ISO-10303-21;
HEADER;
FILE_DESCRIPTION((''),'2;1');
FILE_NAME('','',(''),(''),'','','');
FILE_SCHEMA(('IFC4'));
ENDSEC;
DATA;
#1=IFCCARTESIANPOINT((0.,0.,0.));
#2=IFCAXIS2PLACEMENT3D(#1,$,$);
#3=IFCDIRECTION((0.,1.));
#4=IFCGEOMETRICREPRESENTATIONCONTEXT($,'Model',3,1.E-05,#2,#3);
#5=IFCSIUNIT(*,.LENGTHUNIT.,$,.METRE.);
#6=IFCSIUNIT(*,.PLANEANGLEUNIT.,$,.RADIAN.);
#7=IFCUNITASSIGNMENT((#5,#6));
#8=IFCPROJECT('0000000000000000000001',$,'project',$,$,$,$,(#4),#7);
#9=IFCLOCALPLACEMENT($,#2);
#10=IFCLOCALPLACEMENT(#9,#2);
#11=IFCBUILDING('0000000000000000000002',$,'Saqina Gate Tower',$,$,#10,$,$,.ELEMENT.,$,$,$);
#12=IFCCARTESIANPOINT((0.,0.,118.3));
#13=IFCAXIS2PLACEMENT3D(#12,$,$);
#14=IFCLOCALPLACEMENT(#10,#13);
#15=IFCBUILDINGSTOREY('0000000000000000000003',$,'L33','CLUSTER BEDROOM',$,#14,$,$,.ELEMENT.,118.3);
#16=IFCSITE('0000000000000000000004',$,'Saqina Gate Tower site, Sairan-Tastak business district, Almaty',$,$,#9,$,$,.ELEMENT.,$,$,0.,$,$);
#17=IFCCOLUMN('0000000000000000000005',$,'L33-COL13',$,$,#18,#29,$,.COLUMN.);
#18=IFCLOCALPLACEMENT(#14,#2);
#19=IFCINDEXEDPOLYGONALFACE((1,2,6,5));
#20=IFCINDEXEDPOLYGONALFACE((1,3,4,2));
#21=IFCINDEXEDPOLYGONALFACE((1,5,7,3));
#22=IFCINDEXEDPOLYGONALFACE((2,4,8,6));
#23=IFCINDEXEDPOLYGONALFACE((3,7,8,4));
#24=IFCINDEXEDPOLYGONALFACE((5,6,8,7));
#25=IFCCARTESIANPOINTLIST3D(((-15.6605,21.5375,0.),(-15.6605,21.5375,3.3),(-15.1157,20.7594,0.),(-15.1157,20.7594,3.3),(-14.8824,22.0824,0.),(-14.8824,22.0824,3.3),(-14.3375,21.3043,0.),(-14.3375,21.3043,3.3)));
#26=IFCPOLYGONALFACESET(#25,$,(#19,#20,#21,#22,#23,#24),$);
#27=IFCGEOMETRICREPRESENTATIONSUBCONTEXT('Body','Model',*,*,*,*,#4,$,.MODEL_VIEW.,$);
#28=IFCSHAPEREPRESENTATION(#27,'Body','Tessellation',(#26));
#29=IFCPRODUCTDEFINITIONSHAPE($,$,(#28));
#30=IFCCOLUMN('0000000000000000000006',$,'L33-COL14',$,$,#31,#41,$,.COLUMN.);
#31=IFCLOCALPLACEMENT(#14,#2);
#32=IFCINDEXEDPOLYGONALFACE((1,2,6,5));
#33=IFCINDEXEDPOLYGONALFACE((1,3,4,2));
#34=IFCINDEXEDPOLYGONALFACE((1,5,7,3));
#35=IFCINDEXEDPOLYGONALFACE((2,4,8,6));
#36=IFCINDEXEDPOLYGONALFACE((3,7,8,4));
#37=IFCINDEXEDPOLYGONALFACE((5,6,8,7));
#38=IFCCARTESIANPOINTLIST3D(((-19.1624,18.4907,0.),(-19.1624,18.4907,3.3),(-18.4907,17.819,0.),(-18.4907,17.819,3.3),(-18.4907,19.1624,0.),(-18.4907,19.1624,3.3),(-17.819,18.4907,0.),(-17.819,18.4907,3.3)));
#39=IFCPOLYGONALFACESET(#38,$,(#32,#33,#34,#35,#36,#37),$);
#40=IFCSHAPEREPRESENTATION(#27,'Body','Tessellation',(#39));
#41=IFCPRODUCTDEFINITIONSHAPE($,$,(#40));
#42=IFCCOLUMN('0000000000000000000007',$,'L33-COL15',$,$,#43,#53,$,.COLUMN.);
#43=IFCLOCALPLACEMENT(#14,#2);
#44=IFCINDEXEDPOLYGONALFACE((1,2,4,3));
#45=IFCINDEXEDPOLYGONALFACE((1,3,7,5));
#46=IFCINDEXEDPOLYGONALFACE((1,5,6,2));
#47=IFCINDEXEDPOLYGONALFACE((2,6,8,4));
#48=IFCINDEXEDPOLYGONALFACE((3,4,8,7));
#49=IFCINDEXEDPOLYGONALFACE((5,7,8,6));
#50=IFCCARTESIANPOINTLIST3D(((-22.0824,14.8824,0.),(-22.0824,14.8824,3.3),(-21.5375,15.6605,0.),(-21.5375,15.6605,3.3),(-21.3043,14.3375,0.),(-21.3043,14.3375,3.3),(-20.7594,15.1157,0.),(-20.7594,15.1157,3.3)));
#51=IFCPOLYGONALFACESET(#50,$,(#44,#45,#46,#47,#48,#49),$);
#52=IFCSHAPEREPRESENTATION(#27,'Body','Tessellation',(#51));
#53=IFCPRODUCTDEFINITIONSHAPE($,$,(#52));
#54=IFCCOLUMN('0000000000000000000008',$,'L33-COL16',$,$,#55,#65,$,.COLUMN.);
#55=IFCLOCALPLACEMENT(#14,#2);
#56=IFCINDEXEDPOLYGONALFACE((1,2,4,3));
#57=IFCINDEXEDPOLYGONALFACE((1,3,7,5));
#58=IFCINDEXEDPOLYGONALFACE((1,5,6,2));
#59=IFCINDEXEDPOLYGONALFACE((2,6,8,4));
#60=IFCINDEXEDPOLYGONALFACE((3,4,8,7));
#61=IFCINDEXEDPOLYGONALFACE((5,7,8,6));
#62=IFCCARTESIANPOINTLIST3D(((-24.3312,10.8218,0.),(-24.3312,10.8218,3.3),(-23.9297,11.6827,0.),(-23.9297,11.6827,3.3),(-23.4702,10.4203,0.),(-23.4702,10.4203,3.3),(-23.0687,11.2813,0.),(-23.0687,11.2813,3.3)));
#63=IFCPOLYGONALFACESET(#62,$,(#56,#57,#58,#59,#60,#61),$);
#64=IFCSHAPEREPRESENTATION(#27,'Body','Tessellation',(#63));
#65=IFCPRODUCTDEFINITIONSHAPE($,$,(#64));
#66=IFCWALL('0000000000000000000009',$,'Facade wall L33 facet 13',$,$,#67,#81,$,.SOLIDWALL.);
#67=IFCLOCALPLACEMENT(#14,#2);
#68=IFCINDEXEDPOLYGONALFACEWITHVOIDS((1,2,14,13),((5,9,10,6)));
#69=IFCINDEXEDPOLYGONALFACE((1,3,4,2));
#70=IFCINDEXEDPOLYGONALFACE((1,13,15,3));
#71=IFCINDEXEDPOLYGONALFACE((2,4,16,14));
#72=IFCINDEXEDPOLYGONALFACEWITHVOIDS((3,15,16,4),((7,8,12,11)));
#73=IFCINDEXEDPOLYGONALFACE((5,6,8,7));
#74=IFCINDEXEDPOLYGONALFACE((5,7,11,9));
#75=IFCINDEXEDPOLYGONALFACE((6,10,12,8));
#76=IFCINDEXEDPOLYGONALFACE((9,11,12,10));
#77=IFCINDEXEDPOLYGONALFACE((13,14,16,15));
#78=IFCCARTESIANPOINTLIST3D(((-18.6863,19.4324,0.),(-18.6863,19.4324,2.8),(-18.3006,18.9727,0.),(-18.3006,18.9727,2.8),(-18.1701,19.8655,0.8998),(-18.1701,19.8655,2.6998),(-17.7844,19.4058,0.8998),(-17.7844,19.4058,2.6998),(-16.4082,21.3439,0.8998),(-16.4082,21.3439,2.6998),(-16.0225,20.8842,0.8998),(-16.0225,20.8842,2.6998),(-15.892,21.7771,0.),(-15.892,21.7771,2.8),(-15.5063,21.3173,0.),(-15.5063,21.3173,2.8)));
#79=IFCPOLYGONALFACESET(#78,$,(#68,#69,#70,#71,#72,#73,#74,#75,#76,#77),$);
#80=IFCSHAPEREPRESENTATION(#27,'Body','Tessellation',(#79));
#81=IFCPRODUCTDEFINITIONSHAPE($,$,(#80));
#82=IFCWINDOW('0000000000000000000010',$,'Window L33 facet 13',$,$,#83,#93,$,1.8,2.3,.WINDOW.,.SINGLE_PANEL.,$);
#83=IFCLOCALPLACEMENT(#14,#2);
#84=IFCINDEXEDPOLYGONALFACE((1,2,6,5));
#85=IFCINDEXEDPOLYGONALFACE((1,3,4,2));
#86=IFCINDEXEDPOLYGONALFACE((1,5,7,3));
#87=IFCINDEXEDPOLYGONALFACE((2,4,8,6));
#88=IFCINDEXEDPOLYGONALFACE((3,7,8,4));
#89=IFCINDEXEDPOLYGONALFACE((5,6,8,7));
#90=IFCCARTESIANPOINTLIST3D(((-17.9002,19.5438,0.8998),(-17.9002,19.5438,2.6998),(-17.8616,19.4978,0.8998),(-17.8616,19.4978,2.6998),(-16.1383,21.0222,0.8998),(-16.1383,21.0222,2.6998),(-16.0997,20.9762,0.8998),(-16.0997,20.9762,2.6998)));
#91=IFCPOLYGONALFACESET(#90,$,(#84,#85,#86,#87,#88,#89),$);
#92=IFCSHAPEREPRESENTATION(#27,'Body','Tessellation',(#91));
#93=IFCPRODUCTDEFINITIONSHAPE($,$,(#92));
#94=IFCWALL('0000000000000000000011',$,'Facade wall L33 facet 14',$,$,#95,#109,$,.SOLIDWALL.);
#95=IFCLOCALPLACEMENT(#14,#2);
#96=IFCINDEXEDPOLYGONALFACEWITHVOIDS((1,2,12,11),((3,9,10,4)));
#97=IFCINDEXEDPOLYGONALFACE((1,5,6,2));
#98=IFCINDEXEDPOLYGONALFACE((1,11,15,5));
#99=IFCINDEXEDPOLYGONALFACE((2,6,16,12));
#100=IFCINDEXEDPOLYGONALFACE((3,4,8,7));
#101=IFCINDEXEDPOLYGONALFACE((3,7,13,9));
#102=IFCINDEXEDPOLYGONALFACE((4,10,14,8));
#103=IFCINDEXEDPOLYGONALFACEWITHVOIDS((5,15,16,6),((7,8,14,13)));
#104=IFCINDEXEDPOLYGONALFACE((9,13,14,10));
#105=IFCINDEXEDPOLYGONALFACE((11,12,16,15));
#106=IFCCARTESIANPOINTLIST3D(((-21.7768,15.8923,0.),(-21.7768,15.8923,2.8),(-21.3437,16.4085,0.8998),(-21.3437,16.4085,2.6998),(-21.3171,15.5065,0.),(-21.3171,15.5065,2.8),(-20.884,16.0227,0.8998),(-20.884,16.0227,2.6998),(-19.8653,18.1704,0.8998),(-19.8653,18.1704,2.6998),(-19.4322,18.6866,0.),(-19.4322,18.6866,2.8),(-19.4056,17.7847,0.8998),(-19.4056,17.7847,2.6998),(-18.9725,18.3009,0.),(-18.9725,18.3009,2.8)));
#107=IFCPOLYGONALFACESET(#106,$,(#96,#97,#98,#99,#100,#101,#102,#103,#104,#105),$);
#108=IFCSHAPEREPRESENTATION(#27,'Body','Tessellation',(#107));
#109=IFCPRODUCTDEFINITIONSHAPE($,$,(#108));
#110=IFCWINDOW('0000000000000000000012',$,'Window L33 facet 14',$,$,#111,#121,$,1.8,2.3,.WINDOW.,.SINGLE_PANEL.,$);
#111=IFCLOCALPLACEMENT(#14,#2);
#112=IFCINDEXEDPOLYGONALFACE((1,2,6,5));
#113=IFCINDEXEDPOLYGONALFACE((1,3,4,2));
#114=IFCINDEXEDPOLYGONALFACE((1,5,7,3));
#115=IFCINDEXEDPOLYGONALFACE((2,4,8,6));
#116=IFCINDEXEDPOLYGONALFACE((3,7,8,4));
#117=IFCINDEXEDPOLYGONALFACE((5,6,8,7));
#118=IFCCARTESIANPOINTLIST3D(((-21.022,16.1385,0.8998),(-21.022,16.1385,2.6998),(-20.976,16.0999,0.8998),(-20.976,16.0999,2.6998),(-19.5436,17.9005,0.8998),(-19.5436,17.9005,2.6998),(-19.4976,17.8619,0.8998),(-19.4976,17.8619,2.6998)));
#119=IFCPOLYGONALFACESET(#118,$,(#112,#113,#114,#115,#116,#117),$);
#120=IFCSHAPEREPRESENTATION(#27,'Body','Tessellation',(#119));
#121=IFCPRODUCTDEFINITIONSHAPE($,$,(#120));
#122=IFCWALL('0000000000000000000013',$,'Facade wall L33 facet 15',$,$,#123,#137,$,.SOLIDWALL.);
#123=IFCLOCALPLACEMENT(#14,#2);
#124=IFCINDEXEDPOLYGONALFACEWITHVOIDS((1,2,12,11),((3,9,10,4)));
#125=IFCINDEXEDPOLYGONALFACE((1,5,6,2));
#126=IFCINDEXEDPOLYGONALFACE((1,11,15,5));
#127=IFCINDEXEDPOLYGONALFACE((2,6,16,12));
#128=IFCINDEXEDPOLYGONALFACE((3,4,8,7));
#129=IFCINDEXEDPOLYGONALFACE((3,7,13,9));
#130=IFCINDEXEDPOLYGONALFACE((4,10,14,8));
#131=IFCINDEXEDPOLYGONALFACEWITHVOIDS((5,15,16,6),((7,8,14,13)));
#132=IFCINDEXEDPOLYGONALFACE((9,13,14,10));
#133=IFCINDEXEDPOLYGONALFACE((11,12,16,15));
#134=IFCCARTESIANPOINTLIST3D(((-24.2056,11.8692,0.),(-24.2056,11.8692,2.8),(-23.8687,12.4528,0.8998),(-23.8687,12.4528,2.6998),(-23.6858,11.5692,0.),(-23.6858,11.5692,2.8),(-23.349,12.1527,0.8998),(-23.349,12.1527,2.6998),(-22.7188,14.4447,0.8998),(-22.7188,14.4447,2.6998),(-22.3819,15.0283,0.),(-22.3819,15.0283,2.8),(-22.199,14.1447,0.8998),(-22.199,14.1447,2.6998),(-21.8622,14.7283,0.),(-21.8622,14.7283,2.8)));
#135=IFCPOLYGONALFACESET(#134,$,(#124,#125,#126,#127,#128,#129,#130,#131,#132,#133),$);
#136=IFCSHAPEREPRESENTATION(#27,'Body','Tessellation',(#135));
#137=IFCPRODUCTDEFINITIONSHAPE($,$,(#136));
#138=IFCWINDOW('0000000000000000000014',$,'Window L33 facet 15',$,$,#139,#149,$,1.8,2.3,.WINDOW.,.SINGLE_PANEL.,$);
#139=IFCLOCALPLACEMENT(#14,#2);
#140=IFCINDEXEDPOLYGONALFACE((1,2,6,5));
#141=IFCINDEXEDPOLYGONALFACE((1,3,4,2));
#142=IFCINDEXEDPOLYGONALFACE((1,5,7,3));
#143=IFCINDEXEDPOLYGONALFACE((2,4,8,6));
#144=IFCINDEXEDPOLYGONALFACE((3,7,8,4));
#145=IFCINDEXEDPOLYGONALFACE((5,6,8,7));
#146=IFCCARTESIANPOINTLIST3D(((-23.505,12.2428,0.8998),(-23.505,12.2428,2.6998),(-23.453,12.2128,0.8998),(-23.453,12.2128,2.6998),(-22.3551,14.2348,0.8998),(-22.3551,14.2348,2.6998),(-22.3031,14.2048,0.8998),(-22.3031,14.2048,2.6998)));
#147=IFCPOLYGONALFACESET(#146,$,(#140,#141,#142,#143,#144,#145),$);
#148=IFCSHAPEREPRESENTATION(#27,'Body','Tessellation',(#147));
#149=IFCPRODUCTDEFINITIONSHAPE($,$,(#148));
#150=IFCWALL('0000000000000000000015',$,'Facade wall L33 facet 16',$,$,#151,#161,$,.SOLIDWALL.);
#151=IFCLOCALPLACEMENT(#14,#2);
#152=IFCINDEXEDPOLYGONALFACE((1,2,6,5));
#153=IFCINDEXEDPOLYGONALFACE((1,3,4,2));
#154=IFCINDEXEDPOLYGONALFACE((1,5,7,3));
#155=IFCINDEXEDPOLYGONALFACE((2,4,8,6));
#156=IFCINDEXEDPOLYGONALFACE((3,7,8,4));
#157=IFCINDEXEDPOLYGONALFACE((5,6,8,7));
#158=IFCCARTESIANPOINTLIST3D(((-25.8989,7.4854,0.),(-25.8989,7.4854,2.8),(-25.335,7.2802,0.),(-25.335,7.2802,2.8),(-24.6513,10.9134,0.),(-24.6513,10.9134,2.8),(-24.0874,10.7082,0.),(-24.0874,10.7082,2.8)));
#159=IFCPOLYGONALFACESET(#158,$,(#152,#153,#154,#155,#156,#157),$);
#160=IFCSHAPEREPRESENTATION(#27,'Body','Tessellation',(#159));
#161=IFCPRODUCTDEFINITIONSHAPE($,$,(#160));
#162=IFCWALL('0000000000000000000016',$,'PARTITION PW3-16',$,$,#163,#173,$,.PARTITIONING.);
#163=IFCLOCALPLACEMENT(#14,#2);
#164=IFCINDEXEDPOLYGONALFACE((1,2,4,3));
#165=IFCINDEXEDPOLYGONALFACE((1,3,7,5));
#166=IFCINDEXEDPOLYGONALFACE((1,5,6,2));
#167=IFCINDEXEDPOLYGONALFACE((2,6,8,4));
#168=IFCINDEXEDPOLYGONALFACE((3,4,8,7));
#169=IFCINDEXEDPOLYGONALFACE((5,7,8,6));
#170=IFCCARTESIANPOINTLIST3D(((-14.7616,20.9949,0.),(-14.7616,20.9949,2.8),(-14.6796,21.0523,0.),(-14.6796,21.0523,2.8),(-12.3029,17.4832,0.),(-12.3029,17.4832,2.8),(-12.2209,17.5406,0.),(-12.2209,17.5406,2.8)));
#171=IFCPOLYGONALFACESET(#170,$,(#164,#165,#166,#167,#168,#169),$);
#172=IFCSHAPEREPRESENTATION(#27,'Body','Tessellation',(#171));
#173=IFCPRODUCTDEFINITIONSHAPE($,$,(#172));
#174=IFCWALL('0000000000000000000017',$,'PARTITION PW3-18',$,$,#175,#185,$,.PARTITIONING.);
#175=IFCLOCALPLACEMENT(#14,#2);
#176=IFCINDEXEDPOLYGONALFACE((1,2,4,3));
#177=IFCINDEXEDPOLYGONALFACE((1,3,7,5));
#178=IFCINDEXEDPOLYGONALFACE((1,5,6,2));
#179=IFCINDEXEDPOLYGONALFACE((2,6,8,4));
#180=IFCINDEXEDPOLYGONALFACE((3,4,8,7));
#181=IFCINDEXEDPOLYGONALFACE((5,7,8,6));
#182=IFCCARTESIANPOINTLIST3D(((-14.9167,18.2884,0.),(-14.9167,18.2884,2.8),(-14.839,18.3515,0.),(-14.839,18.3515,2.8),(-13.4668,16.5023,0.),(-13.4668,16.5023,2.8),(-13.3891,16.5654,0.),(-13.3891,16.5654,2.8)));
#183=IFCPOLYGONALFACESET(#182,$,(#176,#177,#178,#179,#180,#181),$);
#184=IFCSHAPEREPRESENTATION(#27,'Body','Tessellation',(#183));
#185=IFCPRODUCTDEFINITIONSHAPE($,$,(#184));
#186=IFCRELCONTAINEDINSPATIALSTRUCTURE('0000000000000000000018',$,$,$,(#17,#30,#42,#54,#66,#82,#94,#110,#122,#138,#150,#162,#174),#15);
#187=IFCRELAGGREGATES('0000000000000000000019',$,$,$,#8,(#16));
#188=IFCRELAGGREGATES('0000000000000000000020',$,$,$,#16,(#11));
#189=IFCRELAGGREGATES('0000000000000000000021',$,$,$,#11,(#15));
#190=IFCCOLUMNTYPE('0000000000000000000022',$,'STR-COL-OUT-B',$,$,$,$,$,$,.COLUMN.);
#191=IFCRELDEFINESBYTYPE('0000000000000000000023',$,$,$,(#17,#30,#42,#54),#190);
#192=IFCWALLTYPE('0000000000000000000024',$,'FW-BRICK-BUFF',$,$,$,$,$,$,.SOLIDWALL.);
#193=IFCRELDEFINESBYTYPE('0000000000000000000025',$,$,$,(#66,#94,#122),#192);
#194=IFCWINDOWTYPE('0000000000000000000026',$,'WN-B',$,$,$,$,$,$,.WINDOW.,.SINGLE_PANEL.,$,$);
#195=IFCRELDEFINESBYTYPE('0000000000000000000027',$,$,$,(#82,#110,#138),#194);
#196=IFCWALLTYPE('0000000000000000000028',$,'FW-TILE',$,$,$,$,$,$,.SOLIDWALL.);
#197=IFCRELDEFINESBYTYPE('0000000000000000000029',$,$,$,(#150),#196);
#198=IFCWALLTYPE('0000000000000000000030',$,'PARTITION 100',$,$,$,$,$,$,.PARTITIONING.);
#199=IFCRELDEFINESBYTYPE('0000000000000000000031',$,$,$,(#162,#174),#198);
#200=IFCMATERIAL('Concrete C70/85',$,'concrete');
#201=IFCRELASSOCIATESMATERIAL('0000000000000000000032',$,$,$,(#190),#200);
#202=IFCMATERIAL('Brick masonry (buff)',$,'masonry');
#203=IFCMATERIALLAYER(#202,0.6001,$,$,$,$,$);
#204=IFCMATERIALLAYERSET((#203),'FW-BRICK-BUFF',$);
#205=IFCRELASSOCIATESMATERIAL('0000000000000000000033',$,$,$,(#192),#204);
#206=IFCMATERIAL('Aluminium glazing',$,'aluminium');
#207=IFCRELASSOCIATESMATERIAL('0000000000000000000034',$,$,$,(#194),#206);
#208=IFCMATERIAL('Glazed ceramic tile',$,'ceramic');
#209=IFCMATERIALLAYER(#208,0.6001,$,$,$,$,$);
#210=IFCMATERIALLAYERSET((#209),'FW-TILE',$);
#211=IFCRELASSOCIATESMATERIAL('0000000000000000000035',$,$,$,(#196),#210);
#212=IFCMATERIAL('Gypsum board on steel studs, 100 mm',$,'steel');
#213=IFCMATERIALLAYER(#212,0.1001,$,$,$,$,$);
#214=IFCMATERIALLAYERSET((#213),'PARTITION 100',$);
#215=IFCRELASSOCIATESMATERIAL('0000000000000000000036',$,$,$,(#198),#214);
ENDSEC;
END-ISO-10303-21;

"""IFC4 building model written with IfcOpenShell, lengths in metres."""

from ifc_helpers import new_model, si_unit, direction, frame, frame_2d, origin, origin_2d, place, context, subcontext, project, spatial, rectangle, extrude, material, layer, layer_set, material_profile, profile_set, type_object, element, fill, save


model = new_model("IFC4")

# Units and contexts
model_context = context("Model", 3, precision=1e-05, world=origin(), true_north=direction((0.0, 1.0)))
body_context = subcontext(model_context, "Body", "Model", "MODEL_VIEW")
ifc_project = project(units=[si_unit("LENGTHUNIT", "METRE"), si_unit("PLANEANGLEUNIT", "RADIAN")], contexts=[model_context])

# Site, building, storey
site_placement = place(None, origin())
site = spatial("IfcSite", under=ifc_project, at=site_placement, Name="Saqina Gate Tower site, Sairan-Tastak business district, Almaty", CompositionType="ELEMENT", RefElevation=0.0)
building_placement = place(site_placement, origin())
building = spatial("IfcBuilding", under=site, at=building_placement, Name="Saqina Gate Tower", CompositionType="ELEMENT")
storey_placement = place(building_placement, frame((0.0, 0.0, 118.3)))
storey = spatial("IfcBuildingStorey", under=building, at=storey_placement, Name="L33", Description="CLUSTER BEDROOM", CompositionType="ELEMENT", Elevation=118.3)

# Columns
ifc_material_1 = material(Name="Concrete C70/85", Category="concrete")
ifc_material_profile = material_profile(ifc_material_1, rectangle(XDim=0.95, YDim=0.95, at=origin_2d()), Name="RC 950x950")
ifc_profile_set = profile_set([ifc_material_profile], Name="Concrete C70/85")
column_type = type_object("IfcColumnType", Name="STR-COL-OUT-B", PredefinedType="COLUMN", material=ifc_profile_set)
for number, where, z_axis, x_axis, name in (
    (1, (-14.999, 21.4209, 0.0), (0.0, 0.0, 1.0), (-0.573576, 0.819152, 0.0), "L33-COL13"),
    (2, (-18.4907, 18.4907, 0.0), (0.0, 0.0, 1.0), (-0.707107, 0.707107, 0.0), "L33-COL14"),
    (3, (-21.4209, 14.999, 0.0), (0.0, 0.0, 1.0), (-0.819152, 0.573576, 0.0), "L33-COL15"),
    (4, (-23.7, 11.0515, 0.0), (0.0, 0.0, 1.0), (-0.906308, 0.422618, 0.0), "L33-COL16"),
):
    element("IfcColumn", number, at=place(storey_placement, frame(where, z_axis=z_axis, x_axis=x_axis)), inside=storey, type_object=column_type, Name=name, PredefinedType="COLUMN", context=body_context, shape_type="SweptSolid", body=[
        extrude(rectangle(XDim=0.95, YDim=0.95, at=origin_2d()), origin(), (0.0, 0.0, 1.0), 3.3),
    ])

# Walls, openings, windows
ifc_material_2 = material(Name="Brick masonry (buff)", Category="masonry")
ifc_layer_1 = layer(ifc_material_2, 0.6001)
ifc_layer_set_1 = layer_set([ifc_layer_1], Name="FW-BRICK-BUFF")
wall_type_1 = type_object("IfcWallType", Name="FW-BRICK-BUFF", PredefinedType="SOLIDWALL", material=ifc_layer_set_1)
wall_1_placement = place(storey_placement, frame((-15.6992, 21.5471, 0.0), z_axis=(0.0, 0.0, 1.0), x_axis=(-0.766055, -0.642774, 0.0)))
wall_1 = element("IfcWall", 5, at=wall_1_placement, inside=storey, type_object=wall_type_1, Name="Facade wall L33 facet 13", PredefinedType="SOLIDWALL", context=body_context, shape_type="SweptSolid", body=[
    extrude(rectangle(XDim=3.6477, YDim=0.6001, at=frame_2d((1.8237, 0.0))), origin(), (0.0, 0.0, 1.0), 2.8),
])
opening_1_placement = place(wall_1_placement, frame((0.6738, 0.0, 0.8999)))
opening_1 = element("IfcOpeningElement", 6, at=opening_1_placement, cuts=wall_1, PredefinedType="OPENING", context=body_context, shape_type="SweptSolid", body=[
    extrude(rectangle(XDim=2.3, YDim=1.8, at=frame_2d((1.1499, 0.8999))), frame((0.0, 0.312, 0.0), z_axis=(0.0, -1.0, 0.0), x_axis=(1.0, 0.0, 0.0)), (0.0, 0.0, 1.0), 0.624),
])
ifc_material_3 = material(Name="Aluminium glazing", Category="aluminium")
window_type = type_object("IfcWindowType", Name="WN-B", PartitioningType="SINGLE_PANEL", PredefinedType="WINDOW", material=ifc_material_3)
window_1_placement = place(opening_1_placement, origin())
window_1 = element("IfcWindow", 7, at=window_1_placement, inside=storey, type_object=window_type, Name="Window L33 facet 13", OverallHeight=1.8, OverallWidth=2.3, PartitioningType="SINGLE_PANEL", PredefinedType="WINDOW", context=body_context, shape_type="SweptSolid", body=[
    extrude(rectangle(XDim=2.3, YDim=1.8, at=frame_2d((1.1499, 0.8999))), frame((0.0, 0.1799, 0.0), z_axis=(0.0, -1.0, 0.0), x_axis=(1.0, 0.0, 0.0)), (0.0, 0.0, 1.0), 0.0601),
])
fill(opening_1, window_1)
wall_2_placement = place(storey_placement, frame((-19.2024, 18.4937, 0.0), z_axis=(0.0, 0.0, 1.0), x_axis=(-0.642774, -0.766055, 0.0)))
wall_2 = element("IfcWall", 8, at=wall_2_placement, inside=storey, type_object=wall_type_1, Name="Facade wall L33 facet 14", PredefinedType="SOLIDWALL", context=body_context, shape_type="SweptSolid", body=[
    extrude(rectangle(XDim=3.6477, YDim=0.6001, at=frame_2d((1.8237, 0.0))), origin(), (0.0, 0.0, 1.0), 2.8),
])
opening_2_placement = place(wall_2_placement, frame((0.6738, 0.0, 0.8999)))
opening_2 = element("IfcOpeningElement", 9, at=opening_2_placement, cuts=wall_2, PredefinedType="OPENING", context=body_context, shape_type="SweptSolid", body=[
    extrude(rectangle(XDim=2.3, YDim=1.8, at=frame_2d((1.1499, 0.8999))), frame((0.0, 0.312, 0.0), z_axis=(0.0, -1.0, 0.0), x_axis=(1.0, 0.0, 0.0)), (0.0, 0.0, 1.0), 0.624),
])
window_2_placement = place(opening_2_placement, origin())
window_2 = element("IfcWindow", 10, at=window_2_placement, inside=storey, type_object=window_type, Name="Window L33 facet 14", OverallHeight=1.8, OverallWidth=2.3, PartitioningType="SINGLE_PANEL", PredefinedType="WINDOW", context=body_context, shape_type="SweptSolid", body=[
    extrude(rectangle(XDim=2.3, YDim=1.8, at=frame_2d((1.1499, 0.8999))), frame((0.0, 0.1799, 0.0), z_axis=(0.0, -1.0, 0.0), x_axis=(1.0, 0.0, 0.0)), (0.0, 0.0, 1.0), 0.0601),
])
fill(opening_2, window_2)
wall_3_placement = place(storey_placement, frame((-22.1221, 14.8782, 0.0), z_axis=(0.0, 0.0, 1.0), x_axis=(-0.499954, -0.866052, 0.0)))
wall_3 = element("IfcWall", 11, at=wall_3_placement, inside=storey, type_object=wall_type_1, Name="Facade wall L33 facet 15", PredefinedType="SOLIDWALL", context=body_context, shape_type="SweptSolid", body=[
    extrude(rectangle(XDim=3.6477, YDim=0.6001, at=frame_2d((1.8237, 0.0))), origin(), (0.0, 0.0, 1.0), 2.8),
])
opening_3_placement = place(wall_3_placement, frame((0.6738, 0.0, 0.8999)))
opening_3 = element("IfcOpeningElement", 12, at=opening_3_placement, cuts=wall_3, PredefinedType="OPENING", context=body_context, shape_type="SweptSolid", body=[
    extrude(rectangle(XDim=2.3, YDim=1.8, at=frame_2d((1.1499, 0.8999))), frame((0.0, 0.312, 0.0), z_axis=(0.0, -1.0, 0.0), x_axis=(1.0, 0.0, 0.0)), (0.0, 0.0, 1.0), 0.624),
])
window_3_placement = place(opening_3_placement, origin())
window_3 = element("IfcWindow", 13, at=window_3_placement, inside=storey, type_object=window_type, Name="Window L33 facet 15", OverallHeight=1.8, OverallWidth=2.3, PartitioningType="SINGLE_PANEL", PredefinedType="WINDOW", context=body_context, shape_type="SweptSolid", body=[
    extrude(rectangle(XDim=2.3, YDim=1.8, at=frame_2d((1.1499, 0.8999))), frame((0.0, 0.1799, 0.0), z_axis=(0.0, -1.0, 0.0), x_axis=(1.0, 0.0, 0.0)), (0.0, 0.0, 1.0), 0.0601),
])
fill(opening_3, window_3)

# Walls
ifc_material_4 = material(Name="Glazed ceramic tile", Category="ceramic")
ifc_layer_2 = layer(ifc_material_4, 0.6001)
ifc_layer_set_2 = layer_set([ifc_layer_2], Name="FW-TILE")
wall_type_2 = type_object("IfcWallType", Name="FW-TILE", PredefinedType="SOLIDWALL", material=ifc_layer_set_2)
wall_4_placement = place(storey_placement, frame((-24.3694, 10.8108, 0.0), z_axis=(0.0, 0.0, 1.0), x_axis=(-0.34199, -0.939704, 0.0)))
element("IfcWall", 14, at=wall_4_placement, inside=storey, type_object=wall_type_2, Name="Facade wall L33 facet 16", PredefinedType="SOLIDWALL", context=body_context, shape_type="SweptSolid", body=[
    extrude(rectangle(XDim=3.6479, YDim=0.6001, at=frame_2d((1.824, 0.0))), origin(), (0.0, 0.0, 1.0), 2.8),
])
ifc_material_5 = material(Name="Gypsum board on steel studs, 100 mm", Category="steel")
ifc_layer_3 = layer(ifc_material_5, 0.1001)
ifc_layer_set_3 = layer_set([ifc_layer_3], Name="PARTITION 100")
wall_type_3 = type_object("IfcWallType", Name="PARTITION 100", PredefinedType="PARTITIONING", material=ifc_layer_set_3)
wall_5_placement = place(storey_placement, frame((-14.7207, 21.0237, 0.0), z_axis=(0.0, 0.0, 1.0), x_axis=(0.573546, -0.819173, 0.0)))
element("IfcWall", 15, at=wall_5_placement, inside=storey, type_object=wall_type_3, Name="PARTITION PW3-16", PredefinedType="PARTITIONING", context=body_context, shape_type="SweptSolid", body=[
    extrude(rectangle(XDim=4.2869, YDim=0.1001, at=frame_2d((2.1436, 0.0))), origin(), (0.0, 0.0, 1.0), 2.8),
])
wall_6_placement = place(storey_placement, frame((-14.8779, 18.3201, 0.0), z_axis=(0.0, 0.0, 1.0), x_axis=(0.630257, -0.776387, 0.0)))
element("IfcWall", 16, at=wall_6_placement, inside=storey, type_object=wall_type_3, Name="PARTITION PW3-18", PredefinedType="PARTITIONING", context=body_context, shape_type="SweptSolid", body=[
    extrude(rectangle(XDim=2.3005, YDim=0.1001, at=frame_2d((1.1504, 0.0))), origin(), (0.0, 0.0, 1.0), 2.8),
])

save(model, "model.ifc")
